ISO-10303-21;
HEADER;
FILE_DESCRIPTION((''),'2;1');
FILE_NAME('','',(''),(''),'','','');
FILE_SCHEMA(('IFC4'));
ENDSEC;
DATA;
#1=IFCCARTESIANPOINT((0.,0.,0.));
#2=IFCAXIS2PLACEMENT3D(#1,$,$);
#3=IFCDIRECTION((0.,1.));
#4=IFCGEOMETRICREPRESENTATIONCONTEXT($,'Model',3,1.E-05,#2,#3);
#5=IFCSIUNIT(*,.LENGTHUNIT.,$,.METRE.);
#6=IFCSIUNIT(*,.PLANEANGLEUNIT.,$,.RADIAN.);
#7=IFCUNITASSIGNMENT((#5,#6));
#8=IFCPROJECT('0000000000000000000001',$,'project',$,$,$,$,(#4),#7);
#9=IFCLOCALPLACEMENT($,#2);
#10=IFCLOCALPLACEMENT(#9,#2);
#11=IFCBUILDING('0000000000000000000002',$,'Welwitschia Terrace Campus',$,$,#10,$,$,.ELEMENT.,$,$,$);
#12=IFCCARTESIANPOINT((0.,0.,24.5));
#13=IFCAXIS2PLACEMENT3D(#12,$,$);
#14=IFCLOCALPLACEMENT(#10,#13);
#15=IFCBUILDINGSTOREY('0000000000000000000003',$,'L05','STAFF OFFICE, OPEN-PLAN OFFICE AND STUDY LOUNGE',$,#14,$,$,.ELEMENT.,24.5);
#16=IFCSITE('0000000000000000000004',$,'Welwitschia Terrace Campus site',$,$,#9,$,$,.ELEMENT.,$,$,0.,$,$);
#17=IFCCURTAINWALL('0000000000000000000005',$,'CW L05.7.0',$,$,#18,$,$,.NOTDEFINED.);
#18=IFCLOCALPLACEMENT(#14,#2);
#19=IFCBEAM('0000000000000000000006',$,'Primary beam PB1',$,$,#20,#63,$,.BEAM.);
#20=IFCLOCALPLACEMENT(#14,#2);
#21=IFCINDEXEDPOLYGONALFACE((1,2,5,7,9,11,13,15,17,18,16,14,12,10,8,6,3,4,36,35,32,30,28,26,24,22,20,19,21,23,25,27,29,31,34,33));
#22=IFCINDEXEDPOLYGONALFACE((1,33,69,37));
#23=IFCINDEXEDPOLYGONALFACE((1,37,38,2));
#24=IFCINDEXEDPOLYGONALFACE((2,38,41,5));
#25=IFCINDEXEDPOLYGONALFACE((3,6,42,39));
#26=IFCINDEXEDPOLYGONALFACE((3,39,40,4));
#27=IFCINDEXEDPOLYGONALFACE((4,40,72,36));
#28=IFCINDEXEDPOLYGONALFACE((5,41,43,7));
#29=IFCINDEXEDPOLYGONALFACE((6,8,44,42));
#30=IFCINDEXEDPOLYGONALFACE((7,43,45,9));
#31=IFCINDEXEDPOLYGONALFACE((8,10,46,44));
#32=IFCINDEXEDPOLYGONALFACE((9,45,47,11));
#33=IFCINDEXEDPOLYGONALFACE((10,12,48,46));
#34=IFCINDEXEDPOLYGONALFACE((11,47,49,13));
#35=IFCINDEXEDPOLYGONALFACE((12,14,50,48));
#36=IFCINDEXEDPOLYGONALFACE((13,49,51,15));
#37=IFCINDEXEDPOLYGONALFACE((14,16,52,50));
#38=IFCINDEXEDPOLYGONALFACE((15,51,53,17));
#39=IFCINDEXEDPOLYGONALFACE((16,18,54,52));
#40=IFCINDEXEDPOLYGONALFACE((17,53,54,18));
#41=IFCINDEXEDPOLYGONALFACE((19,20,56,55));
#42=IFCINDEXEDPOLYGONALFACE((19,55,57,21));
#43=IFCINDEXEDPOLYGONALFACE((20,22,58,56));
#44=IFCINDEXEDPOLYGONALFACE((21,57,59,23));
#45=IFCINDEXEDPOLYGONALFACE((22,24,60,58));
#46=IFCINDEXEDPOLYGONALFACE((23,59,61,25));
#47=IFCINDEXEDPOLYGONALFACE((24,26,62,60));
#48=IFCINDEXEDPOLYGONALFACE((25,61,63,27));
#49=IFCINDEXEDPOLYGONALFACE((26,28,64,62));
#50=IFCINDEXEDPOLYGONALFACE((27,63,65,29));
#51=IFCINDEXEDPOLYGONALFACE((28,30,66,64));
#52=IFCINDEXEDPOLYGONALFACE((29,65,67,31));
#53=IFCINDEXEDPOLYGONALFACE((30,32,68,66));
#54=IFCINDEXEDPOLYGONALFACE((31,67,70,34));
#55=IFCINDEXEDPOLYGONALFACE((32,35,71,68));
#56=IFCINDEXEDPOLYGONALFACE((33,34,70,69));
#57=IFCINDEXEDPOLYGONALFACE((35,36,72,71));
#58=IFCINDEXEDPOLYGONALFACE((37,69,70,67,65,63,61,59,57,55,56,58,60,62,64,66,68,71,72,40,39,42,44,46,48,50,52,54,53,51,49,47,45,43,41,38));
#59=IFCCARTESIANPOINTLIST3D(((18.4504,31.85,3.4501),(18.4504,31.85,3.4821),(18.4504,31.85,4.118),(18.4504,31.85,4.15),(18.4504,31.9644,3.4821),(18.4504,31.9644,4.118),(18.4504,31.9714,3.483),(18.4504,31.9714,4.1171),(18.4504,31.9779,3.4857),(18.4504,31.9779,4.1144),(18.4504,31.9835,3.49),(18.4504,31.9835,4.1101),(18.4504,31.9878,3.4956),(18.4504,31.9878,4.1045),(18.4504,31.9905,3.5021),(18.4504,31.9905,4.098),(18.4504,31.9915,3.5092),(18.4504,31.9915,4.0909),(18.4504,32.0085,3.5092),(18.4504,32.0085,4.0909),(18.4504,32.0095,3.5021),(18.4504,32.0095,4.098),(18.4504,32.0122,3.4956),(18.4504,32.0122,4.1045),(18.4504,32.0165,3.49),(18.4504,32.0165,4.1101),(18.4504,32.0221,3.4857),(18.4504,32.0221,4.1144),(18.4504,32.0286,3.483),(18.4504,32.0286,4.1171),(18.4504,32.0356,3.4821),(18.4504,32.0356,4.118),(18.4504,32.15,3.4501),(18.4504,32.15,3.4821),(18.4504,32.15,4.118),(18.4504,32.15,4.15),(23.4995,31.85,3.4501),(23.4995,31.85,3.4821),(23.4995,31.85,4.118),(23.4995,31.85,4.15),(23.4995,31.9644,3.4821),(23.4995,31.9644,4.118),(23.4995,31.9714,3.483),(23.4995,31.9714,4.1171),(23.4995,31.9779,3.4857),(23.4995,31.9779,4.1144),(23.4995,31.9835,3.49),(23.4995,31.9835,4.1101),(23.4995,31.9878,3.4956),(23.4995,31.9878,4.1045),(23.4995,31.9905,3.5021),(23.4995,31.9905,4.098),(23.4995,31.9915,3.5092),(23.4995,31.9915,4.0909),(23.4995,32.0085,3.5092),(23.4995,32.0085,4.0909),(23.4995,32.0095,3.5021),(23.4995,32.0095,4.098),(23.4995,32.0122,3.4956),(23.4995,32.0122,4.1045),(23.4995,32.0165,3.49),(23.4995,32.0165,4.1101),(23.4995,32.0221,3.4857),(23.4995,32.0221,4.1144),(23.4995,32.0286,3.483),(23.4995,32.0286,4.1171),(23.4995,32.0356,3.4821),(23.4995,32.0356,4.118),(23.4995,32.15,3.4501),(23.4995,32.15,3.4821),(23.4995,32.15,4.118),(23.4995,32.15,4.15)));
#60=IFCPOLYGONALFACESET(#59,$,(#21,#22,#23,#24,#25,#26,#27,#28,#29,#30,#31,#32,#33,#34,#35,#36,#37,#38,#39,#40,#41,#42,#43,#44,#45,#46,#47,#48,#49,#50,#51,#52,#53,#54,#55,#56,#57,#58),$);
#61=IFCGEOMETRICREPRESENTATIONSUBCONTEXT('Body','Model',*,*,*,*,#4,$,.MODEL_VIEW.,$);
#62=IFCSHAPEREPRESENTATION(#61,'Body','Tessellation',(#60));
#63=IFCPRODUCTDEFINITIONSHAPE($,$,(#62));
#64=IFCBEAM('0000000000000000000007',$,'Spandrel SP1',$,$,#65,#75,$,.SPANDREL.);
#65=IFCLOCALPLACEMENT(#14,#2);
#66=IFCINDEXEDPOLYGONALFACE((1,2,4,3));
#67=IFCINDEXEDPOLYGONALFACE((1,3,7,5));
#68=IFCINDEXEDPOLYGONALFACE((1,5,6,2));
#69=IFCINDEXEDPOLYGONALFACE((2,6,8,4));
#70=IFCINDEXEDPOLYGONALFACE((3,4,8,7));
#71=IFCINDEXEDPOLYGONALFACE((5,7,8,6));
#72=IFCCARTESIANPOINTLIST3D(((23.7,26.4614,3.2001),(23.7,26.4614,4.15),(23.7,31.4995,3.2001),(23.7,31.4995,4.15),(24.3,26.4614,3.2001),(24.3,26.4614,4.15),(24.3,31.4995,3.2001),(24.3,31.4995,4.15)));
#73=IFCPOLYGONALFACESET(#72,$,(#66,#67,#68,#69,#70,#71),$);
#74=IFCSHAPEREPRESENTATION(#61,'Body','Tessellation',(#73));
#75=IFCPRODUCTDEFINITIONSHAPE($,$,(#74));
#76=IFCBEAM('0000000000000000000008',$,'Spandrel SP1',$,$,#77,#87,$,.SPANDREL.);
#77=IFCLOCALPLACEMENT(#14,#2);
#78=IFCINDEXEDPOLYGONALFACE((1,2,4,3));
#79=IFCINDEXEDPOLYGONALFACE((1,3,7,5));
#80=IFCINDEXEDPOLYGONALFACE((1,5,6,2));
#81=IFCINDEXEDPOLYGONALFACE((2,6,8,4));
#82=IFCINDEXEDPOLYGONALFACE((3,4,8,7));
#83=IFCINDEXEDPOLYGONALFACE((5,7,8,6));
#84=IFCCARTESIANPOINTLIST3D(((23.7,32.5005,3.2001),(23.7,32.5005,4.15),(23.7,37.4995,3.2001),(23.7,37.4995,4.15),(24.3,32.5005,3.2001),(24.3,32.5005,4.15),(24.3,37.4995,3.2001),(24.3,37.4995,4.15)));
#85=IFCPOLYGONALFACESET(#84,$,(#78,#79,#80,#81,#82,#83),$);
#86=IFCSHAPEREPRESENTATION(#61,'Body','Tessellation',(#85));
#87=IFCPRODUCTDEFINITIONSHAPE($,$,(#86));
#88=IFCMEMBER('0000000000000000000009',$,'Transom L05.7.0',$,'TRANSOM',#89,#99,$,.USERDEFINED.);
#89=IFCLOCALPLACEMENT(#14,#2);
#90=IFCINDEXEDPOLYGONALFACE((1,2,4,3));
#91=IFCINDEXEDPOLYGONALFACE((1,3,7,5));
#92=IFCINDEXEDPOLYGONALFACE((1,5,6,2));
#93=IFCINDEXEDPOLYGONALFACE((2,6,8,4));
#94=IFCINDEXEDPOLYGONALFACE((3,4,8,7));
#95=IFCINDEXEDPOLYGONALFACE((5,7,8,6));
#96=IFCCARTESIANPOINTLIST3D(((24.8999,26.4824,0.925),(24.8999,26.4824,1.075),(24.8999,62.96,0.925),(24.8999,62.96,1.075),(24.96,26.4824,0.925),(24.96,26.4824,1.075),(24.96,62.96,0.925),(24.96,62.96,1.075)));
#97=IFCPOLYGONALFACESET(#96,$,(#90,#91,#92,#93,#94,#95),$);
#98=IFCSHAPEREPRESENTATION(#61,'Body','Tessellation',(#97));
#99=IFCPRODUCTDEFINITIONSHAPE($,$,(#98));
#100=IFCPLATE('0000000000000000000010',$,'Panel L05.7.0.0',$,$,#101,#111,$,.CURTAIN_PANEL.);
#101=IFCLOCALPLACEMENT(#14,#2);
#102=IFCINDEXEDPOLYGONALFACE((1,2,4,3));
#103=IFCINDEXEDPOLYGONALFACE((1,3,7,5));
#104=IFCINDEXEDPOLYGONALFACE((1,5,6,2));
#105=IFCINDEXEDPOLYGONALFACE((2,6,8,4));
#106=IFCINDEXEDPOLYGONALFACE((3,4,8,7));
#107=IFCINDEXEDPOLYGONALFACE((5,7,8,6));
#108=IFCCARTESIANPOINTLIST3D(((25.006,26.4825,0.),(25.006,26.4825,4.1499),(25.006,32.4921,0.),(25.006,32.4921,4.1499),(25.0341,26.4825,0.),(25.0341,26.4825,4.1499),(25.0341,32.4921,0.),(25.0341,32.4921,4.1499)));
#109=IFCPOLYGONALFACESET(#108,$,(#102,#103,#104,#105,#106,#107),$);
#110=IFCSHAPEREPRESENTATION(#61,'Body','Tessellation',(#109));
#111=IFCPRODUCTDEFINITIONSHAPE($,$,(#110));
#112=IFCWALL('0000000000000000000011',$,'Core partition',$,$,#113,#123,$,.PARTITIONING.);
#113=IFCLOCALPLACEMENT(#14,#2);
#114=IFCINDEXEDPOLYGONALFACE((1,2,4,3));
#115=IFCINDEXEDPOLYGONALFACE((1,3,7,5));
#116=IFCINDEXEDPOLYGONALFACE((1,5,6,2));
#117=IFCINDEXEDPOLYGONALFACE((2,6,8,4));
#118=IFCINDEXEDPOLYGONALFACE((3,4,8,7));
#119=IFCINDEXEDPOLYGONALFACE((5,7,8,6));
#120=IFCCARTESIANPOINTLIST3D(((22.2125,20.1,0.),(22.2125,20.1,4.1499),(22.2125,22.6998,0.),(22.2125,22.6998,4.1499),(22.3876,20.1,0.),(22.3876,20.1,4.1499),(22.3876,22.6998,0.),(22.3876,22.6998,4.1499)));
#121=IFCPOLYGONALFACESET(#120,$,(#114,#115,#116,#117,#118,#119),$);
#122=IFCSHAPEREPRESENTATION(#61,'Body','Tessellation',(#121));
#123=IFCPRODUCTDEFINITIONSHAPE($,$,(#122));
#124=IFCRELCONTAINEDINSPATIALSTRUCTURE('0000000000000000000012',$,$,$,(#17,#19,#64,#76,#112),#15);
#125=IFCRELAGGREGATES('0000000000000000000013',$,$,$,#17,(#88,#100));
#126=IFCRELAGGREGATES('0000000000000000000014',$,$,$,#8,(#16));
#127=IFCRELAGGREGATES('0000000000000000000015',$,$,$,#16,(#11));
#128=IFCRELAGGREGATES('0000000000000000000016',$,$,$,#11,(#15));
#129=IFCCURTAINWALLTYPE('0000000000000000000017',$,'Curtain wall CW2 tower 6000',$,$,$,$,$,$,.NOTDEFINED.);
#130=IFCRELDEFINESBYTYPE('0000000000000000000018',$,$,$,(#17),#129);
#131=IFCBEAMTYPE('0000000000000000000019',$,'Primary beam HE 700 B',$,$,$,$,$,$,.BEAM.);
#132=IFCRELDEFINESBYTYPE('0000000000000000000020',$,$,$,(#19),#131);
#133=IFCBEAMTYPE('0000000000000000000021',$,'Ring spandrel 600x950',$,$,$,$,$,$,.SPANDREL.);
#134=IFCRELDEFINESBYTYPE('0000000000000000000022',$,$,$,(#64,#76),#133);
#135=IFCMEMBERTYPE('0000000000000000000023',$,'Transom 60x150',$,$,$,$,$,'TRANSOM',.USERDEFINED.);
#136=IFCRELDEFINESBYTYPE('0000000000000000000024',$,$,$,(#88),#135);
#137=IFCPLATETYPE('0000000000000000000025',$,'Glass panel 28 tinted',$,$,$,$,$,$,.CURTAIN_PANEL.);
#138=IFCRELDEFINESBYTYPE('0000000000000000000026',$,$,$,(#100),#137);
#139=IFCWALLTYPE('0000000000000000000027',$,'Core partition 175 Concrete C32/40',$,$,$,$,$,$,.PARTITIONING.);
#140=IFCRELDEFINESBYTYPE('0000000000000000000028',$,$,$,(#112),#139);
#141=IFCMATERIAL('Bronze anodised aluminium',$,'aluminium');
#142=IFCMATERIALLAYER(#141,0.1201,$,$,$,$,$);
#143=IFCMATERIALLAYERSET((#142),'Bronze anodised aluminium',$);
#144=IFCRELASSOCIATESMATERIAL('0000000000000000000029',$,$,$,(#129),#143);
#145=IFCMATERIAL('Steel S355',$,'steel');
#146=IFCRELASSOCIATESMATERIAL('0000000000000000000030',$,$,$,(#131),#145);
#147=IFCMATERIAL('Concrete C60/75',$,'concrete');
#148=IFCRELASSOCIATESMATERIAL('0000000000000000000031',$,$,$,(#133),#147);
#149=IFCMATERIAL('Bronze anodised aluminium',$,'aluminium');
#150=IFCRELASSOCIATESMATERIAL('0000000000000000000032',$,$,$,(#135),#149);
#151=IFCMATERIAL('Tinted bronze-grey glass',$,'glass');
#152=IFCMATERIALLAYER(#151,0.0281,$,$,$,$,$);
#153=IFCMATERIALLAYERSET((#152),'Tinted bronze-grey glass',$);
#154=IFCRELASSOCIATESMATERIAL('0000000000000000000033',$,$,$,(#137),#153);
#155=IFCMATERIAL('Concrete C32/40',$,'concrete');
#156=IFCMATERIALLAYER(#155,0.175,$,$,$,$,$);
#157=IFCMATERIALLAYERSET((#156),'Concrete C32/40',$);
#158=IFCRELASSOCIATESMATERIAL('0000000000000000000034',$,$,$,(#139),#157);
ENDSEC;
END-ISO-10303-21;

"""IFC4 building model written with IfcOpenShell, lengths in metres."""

from ifc_helpers import new_model, si_unit, direction, frame, frame_2d, origin, origin_2d, place, context, subcontext, project, spatial, rectangle, i_section, extrude, material, layer, layer_set, material_profile, profile_set, type_object, element, aggregate, save


model = new_model("IFC4")

# Units and contexts
model_context = context("Model", 3, precision=1e-05, world=origin(), true_north=direction((0.0, 1.0)))
body_context = subcontext(model_context, "Body", "Model", "MODEL_VIEW")
ifc_project = project(units=[si_unit("LENGTHUNIT", "METRE"), si_unit("PLANEANGLEUNIT", "RADIAN")], contexts=[model_context])

# Site, building, storey
site_placement = place(None, origin())
site = spatial("IfcSite", under=ifc_project, at=site_placement, Name="Welwitschia Terrace Campus site", CompositionType="ELEMENT", RefElevation=0.0)
building_placement = place(site_placement, origin())
building = spatial("IfcBuilding", under=site, at=building_placement, Name="Welwitschia Terrace Campus", CompositionType="ELEMENT")
storey_placement = place(building_placement, frame((0.0, 0.0, 24.5)))
storey = spatial("IfcBuildingStorey", under=building, at=storey_placement, Name="L05", Description="STAFF OFFICE, OPEN-PLAN OFFICE AND STUDY LOUNGE", CompositionType="ELEMENT", Elevation=24.5)

# Curtain wall
ifc_material_1 = material(Name="Bronze anodised aluminium", Category="aluminium")
ifc_layer_1 = layer(ifc_material_1, 0.1201)
ifc_layer_set_1 = layer_set([ifc_layer_1], Name="Bronze anodised aluminium")
curtain_wall_type = type_object("IfcCurtainWallType", Name="Curtain wall CW2 tower 6000", PredefinedType="NOTDEFINED", material=ifc_layer_set_1)
curtain_wall_placement = place(storey_placement, origin())
curtain_wall = element("IfcCurtainWall", 1, at=curtain_wall_placement, inside=storey, type_object=curtain_wall_type, Name="CW L05.7.0", PredefinedType="NOTDEFINED")

# Beams
ifc_material_2 = material(Name="Steel S355", Category="steel")
ifc_material_profile_1 = material_profile(ifc_material_2, i_section(OverallWidth=0.3, OverallDepth=0.7, WebThickness=0.0171, FlangeThickness=0.032, FilletRadius=0.0271, at=origin_2d()))
ifc_profile_set_1 = profile_set([ifc_material_profile_1], Name="Steel S355")
beam_type_1 = type_object("IfcBeamType", Name="Primary beam HE 700 B", PredefinedType="BEAM", material=ifc_profile_set_1)
beam_1_placement = place(storey_placement, frame((23.4995, 32.0, 3.8), z_axis=(-1.0, 0.0, 0.0), x_axis=(0.0, -1.0, 0.0)))
element("IfcBeam", 2, at=beam_1_placement, inside=storey, type_object=beam_type_1, Name="Primary beam PB1", PredefinedType="BEAM", context=body_context, shape_type="SweptSolid", body=[
    extrude(i_section(OverallWidth=0.3, OverallDepth=0.7, WebThickness=0.0171, FlangeThickness=0.032, FilletRadius=0.0271, at=origin_2d()), origin(), (0.0, 0.0, 1.0), 5.0491),
])
ifc_material_3 = material(Name="Concrete C60/75", Category="concrete")
ifc_material_profile_2 = material_profile(ifc_material_3, rectangle(XDim=0.6001, YDim=0.95, at=origin_2d()))
ifc_profile_set_2 = profile_set([ifc_material_profile_2], Name="Concrete C60/75")
beam_type_2 = type_object("IfcBeamType", Name="Ring spandrel 600x950", PredefinedType="SPANDREL", material=ifc_profile_set_2)
beam_2_placement = place(storey_placement, frame((24.0, 26.4614, 3.675), z_axis=(0.0, 1.0, 0.0), x_axis=(-1.0, 0.0, 0.0)))
element("IfcBeam", 3, at=beam_2_placement, inside=storey, type_object=beam_type_2, Name="Spandrel SP1", PredefinedType="SPANDREL", context=body_context, shape_type="SweptSolid", body=[
    extrude(rectangle(XDim=0.6001, YDim=0.95, at=origin_2d()), origin(), (0.0, 0.0, 1.0), 5.0381),
])
beam_3_placement = place(storey_placement, frame((24.0, 32.5005, 3.675), z_axis=(0.0, 1.0, 0.0), x_axis=(-1.0, 0.0, 0.0)))
element("IfcBeam", 4, at=beam_3_placement, inside=storey, type_object=beam_type_2, Name="Spandrel SP1", PredefinedType="SPANDREL", context=body_context, shape_type="SweptSolid", body=[
    extrude(rectangle(XDim=0.6001, YDim=0.95, at=origin_2d()), origin(), (0.0, 0.0, 1.0), 4.999),
])

# Member
ifc_material_4 = material(Name="Bronze anodised aluminium", Category="aluminium")
ifc_material_profile_3 = material_profile(ifc_material_4, rectangle(XDim=0.0601, YDim=0.1499, at=origin_2d()))
ifc_profile_set_3 = profile_set([ifc_material_profile_3], Name="Bronze anodised aluminium")
member_type_1 = type_object("IfcMemberType", Name="Transom 60x150", ElementType="TRANSOM", PredefinedType="USERDEFINED", material=ifc_profile_set_3)
member_1_placement = place(storey_placement, frame((24.9299, 26.4824, 1.0), z_axis=(0.0, 1.0, 0.0), x_axis=(-1.0, 0.0, 0.0)))
member_1 = element("IfcMember", 5, at=member_1_placement, type_object=member_type_1, Name="Transom L05.7.0", ObjectType="TRANSOM", PredefinedType="USERDEFINED", context=body_context, shape_type="SweptSolid", body=[
    extrude(rectangle(XDim=0.0601, YDim=0.1499, at=origin_2d()), origin(), (0.0, 0.0, 1.0), 36.4775),
])

# Plate
ifc_material_5 = material(Name="Tinted bronze-grey glass", Category="glass")
ifc_layer_2 = layer(ifc_material_5, 0.0281)
ifc_layer_set_2 = layer_set([ifc_layer_2], Name="Tinted bronze-grey glass")
plate_type = type_object("IfcPlateType", Name="Glass panel 28 tinted", PredefinedType="CURTAIN_PANEL", material=ifc_layer_set_2)
plate_placement = place(storey_placement, frame((25.02, 29.4873, 0.0), z_axis=(0.0, 0.0, 1.0), x_axis=(0.0, 1.0, 0.0)))
plate = element("IfcPlate", 6, at=plate_placement, type_object=plate_type, Name="Panel L05.7.0.0", PredefinedType="CURTAIN_PANEL", context=body_context, shape_type="SweptSolid", body=[
    extrude(rectangle(XDim=6.0095, YDim=0.0281, at=origin_2d()), origin(), (0.0, 0.0, 1.0), 4.1499),
])
aggregate(curtain_wall, [member_1, plate])

# Wall
ifc_material_6 = material(Name="Concrete C32/40", Category="concrete")
ifc_layer_3 = layer(ifc_material_6, 0.175)
ifc_layer_set_3 = layer_set([ifc_layer_3], Name="Concrete C32/40")
wall_type_1 = type_object("IfcWallType", Name="Core partition 175 Concrete C32/40", PredefinedType="PARTITIONING", material=ifc_layer_set_3)
wall_1_placement = place(storey_placement, frame((22.3, 20.1001, 0.0), z_axis=(0.0, 0.0, 1.0), x_axis=(0.0, 1.0, 0.0)))
element("IfcWall", 7, at=wall_1_placement, inside=storey, type_object=wall_type_1, Name="Core partition", PredefinedType="PARTITIONING", context=body_context, shape_type="SweptSolid", body=[
    extrude(rectangle(XDim=2.5999, YDim=0.175, at=frame_2d((1.2998, 0.0))), origin(), (0.0, 0.0, 1.0), 4.1499),
])

save(model, "model.ifc")
